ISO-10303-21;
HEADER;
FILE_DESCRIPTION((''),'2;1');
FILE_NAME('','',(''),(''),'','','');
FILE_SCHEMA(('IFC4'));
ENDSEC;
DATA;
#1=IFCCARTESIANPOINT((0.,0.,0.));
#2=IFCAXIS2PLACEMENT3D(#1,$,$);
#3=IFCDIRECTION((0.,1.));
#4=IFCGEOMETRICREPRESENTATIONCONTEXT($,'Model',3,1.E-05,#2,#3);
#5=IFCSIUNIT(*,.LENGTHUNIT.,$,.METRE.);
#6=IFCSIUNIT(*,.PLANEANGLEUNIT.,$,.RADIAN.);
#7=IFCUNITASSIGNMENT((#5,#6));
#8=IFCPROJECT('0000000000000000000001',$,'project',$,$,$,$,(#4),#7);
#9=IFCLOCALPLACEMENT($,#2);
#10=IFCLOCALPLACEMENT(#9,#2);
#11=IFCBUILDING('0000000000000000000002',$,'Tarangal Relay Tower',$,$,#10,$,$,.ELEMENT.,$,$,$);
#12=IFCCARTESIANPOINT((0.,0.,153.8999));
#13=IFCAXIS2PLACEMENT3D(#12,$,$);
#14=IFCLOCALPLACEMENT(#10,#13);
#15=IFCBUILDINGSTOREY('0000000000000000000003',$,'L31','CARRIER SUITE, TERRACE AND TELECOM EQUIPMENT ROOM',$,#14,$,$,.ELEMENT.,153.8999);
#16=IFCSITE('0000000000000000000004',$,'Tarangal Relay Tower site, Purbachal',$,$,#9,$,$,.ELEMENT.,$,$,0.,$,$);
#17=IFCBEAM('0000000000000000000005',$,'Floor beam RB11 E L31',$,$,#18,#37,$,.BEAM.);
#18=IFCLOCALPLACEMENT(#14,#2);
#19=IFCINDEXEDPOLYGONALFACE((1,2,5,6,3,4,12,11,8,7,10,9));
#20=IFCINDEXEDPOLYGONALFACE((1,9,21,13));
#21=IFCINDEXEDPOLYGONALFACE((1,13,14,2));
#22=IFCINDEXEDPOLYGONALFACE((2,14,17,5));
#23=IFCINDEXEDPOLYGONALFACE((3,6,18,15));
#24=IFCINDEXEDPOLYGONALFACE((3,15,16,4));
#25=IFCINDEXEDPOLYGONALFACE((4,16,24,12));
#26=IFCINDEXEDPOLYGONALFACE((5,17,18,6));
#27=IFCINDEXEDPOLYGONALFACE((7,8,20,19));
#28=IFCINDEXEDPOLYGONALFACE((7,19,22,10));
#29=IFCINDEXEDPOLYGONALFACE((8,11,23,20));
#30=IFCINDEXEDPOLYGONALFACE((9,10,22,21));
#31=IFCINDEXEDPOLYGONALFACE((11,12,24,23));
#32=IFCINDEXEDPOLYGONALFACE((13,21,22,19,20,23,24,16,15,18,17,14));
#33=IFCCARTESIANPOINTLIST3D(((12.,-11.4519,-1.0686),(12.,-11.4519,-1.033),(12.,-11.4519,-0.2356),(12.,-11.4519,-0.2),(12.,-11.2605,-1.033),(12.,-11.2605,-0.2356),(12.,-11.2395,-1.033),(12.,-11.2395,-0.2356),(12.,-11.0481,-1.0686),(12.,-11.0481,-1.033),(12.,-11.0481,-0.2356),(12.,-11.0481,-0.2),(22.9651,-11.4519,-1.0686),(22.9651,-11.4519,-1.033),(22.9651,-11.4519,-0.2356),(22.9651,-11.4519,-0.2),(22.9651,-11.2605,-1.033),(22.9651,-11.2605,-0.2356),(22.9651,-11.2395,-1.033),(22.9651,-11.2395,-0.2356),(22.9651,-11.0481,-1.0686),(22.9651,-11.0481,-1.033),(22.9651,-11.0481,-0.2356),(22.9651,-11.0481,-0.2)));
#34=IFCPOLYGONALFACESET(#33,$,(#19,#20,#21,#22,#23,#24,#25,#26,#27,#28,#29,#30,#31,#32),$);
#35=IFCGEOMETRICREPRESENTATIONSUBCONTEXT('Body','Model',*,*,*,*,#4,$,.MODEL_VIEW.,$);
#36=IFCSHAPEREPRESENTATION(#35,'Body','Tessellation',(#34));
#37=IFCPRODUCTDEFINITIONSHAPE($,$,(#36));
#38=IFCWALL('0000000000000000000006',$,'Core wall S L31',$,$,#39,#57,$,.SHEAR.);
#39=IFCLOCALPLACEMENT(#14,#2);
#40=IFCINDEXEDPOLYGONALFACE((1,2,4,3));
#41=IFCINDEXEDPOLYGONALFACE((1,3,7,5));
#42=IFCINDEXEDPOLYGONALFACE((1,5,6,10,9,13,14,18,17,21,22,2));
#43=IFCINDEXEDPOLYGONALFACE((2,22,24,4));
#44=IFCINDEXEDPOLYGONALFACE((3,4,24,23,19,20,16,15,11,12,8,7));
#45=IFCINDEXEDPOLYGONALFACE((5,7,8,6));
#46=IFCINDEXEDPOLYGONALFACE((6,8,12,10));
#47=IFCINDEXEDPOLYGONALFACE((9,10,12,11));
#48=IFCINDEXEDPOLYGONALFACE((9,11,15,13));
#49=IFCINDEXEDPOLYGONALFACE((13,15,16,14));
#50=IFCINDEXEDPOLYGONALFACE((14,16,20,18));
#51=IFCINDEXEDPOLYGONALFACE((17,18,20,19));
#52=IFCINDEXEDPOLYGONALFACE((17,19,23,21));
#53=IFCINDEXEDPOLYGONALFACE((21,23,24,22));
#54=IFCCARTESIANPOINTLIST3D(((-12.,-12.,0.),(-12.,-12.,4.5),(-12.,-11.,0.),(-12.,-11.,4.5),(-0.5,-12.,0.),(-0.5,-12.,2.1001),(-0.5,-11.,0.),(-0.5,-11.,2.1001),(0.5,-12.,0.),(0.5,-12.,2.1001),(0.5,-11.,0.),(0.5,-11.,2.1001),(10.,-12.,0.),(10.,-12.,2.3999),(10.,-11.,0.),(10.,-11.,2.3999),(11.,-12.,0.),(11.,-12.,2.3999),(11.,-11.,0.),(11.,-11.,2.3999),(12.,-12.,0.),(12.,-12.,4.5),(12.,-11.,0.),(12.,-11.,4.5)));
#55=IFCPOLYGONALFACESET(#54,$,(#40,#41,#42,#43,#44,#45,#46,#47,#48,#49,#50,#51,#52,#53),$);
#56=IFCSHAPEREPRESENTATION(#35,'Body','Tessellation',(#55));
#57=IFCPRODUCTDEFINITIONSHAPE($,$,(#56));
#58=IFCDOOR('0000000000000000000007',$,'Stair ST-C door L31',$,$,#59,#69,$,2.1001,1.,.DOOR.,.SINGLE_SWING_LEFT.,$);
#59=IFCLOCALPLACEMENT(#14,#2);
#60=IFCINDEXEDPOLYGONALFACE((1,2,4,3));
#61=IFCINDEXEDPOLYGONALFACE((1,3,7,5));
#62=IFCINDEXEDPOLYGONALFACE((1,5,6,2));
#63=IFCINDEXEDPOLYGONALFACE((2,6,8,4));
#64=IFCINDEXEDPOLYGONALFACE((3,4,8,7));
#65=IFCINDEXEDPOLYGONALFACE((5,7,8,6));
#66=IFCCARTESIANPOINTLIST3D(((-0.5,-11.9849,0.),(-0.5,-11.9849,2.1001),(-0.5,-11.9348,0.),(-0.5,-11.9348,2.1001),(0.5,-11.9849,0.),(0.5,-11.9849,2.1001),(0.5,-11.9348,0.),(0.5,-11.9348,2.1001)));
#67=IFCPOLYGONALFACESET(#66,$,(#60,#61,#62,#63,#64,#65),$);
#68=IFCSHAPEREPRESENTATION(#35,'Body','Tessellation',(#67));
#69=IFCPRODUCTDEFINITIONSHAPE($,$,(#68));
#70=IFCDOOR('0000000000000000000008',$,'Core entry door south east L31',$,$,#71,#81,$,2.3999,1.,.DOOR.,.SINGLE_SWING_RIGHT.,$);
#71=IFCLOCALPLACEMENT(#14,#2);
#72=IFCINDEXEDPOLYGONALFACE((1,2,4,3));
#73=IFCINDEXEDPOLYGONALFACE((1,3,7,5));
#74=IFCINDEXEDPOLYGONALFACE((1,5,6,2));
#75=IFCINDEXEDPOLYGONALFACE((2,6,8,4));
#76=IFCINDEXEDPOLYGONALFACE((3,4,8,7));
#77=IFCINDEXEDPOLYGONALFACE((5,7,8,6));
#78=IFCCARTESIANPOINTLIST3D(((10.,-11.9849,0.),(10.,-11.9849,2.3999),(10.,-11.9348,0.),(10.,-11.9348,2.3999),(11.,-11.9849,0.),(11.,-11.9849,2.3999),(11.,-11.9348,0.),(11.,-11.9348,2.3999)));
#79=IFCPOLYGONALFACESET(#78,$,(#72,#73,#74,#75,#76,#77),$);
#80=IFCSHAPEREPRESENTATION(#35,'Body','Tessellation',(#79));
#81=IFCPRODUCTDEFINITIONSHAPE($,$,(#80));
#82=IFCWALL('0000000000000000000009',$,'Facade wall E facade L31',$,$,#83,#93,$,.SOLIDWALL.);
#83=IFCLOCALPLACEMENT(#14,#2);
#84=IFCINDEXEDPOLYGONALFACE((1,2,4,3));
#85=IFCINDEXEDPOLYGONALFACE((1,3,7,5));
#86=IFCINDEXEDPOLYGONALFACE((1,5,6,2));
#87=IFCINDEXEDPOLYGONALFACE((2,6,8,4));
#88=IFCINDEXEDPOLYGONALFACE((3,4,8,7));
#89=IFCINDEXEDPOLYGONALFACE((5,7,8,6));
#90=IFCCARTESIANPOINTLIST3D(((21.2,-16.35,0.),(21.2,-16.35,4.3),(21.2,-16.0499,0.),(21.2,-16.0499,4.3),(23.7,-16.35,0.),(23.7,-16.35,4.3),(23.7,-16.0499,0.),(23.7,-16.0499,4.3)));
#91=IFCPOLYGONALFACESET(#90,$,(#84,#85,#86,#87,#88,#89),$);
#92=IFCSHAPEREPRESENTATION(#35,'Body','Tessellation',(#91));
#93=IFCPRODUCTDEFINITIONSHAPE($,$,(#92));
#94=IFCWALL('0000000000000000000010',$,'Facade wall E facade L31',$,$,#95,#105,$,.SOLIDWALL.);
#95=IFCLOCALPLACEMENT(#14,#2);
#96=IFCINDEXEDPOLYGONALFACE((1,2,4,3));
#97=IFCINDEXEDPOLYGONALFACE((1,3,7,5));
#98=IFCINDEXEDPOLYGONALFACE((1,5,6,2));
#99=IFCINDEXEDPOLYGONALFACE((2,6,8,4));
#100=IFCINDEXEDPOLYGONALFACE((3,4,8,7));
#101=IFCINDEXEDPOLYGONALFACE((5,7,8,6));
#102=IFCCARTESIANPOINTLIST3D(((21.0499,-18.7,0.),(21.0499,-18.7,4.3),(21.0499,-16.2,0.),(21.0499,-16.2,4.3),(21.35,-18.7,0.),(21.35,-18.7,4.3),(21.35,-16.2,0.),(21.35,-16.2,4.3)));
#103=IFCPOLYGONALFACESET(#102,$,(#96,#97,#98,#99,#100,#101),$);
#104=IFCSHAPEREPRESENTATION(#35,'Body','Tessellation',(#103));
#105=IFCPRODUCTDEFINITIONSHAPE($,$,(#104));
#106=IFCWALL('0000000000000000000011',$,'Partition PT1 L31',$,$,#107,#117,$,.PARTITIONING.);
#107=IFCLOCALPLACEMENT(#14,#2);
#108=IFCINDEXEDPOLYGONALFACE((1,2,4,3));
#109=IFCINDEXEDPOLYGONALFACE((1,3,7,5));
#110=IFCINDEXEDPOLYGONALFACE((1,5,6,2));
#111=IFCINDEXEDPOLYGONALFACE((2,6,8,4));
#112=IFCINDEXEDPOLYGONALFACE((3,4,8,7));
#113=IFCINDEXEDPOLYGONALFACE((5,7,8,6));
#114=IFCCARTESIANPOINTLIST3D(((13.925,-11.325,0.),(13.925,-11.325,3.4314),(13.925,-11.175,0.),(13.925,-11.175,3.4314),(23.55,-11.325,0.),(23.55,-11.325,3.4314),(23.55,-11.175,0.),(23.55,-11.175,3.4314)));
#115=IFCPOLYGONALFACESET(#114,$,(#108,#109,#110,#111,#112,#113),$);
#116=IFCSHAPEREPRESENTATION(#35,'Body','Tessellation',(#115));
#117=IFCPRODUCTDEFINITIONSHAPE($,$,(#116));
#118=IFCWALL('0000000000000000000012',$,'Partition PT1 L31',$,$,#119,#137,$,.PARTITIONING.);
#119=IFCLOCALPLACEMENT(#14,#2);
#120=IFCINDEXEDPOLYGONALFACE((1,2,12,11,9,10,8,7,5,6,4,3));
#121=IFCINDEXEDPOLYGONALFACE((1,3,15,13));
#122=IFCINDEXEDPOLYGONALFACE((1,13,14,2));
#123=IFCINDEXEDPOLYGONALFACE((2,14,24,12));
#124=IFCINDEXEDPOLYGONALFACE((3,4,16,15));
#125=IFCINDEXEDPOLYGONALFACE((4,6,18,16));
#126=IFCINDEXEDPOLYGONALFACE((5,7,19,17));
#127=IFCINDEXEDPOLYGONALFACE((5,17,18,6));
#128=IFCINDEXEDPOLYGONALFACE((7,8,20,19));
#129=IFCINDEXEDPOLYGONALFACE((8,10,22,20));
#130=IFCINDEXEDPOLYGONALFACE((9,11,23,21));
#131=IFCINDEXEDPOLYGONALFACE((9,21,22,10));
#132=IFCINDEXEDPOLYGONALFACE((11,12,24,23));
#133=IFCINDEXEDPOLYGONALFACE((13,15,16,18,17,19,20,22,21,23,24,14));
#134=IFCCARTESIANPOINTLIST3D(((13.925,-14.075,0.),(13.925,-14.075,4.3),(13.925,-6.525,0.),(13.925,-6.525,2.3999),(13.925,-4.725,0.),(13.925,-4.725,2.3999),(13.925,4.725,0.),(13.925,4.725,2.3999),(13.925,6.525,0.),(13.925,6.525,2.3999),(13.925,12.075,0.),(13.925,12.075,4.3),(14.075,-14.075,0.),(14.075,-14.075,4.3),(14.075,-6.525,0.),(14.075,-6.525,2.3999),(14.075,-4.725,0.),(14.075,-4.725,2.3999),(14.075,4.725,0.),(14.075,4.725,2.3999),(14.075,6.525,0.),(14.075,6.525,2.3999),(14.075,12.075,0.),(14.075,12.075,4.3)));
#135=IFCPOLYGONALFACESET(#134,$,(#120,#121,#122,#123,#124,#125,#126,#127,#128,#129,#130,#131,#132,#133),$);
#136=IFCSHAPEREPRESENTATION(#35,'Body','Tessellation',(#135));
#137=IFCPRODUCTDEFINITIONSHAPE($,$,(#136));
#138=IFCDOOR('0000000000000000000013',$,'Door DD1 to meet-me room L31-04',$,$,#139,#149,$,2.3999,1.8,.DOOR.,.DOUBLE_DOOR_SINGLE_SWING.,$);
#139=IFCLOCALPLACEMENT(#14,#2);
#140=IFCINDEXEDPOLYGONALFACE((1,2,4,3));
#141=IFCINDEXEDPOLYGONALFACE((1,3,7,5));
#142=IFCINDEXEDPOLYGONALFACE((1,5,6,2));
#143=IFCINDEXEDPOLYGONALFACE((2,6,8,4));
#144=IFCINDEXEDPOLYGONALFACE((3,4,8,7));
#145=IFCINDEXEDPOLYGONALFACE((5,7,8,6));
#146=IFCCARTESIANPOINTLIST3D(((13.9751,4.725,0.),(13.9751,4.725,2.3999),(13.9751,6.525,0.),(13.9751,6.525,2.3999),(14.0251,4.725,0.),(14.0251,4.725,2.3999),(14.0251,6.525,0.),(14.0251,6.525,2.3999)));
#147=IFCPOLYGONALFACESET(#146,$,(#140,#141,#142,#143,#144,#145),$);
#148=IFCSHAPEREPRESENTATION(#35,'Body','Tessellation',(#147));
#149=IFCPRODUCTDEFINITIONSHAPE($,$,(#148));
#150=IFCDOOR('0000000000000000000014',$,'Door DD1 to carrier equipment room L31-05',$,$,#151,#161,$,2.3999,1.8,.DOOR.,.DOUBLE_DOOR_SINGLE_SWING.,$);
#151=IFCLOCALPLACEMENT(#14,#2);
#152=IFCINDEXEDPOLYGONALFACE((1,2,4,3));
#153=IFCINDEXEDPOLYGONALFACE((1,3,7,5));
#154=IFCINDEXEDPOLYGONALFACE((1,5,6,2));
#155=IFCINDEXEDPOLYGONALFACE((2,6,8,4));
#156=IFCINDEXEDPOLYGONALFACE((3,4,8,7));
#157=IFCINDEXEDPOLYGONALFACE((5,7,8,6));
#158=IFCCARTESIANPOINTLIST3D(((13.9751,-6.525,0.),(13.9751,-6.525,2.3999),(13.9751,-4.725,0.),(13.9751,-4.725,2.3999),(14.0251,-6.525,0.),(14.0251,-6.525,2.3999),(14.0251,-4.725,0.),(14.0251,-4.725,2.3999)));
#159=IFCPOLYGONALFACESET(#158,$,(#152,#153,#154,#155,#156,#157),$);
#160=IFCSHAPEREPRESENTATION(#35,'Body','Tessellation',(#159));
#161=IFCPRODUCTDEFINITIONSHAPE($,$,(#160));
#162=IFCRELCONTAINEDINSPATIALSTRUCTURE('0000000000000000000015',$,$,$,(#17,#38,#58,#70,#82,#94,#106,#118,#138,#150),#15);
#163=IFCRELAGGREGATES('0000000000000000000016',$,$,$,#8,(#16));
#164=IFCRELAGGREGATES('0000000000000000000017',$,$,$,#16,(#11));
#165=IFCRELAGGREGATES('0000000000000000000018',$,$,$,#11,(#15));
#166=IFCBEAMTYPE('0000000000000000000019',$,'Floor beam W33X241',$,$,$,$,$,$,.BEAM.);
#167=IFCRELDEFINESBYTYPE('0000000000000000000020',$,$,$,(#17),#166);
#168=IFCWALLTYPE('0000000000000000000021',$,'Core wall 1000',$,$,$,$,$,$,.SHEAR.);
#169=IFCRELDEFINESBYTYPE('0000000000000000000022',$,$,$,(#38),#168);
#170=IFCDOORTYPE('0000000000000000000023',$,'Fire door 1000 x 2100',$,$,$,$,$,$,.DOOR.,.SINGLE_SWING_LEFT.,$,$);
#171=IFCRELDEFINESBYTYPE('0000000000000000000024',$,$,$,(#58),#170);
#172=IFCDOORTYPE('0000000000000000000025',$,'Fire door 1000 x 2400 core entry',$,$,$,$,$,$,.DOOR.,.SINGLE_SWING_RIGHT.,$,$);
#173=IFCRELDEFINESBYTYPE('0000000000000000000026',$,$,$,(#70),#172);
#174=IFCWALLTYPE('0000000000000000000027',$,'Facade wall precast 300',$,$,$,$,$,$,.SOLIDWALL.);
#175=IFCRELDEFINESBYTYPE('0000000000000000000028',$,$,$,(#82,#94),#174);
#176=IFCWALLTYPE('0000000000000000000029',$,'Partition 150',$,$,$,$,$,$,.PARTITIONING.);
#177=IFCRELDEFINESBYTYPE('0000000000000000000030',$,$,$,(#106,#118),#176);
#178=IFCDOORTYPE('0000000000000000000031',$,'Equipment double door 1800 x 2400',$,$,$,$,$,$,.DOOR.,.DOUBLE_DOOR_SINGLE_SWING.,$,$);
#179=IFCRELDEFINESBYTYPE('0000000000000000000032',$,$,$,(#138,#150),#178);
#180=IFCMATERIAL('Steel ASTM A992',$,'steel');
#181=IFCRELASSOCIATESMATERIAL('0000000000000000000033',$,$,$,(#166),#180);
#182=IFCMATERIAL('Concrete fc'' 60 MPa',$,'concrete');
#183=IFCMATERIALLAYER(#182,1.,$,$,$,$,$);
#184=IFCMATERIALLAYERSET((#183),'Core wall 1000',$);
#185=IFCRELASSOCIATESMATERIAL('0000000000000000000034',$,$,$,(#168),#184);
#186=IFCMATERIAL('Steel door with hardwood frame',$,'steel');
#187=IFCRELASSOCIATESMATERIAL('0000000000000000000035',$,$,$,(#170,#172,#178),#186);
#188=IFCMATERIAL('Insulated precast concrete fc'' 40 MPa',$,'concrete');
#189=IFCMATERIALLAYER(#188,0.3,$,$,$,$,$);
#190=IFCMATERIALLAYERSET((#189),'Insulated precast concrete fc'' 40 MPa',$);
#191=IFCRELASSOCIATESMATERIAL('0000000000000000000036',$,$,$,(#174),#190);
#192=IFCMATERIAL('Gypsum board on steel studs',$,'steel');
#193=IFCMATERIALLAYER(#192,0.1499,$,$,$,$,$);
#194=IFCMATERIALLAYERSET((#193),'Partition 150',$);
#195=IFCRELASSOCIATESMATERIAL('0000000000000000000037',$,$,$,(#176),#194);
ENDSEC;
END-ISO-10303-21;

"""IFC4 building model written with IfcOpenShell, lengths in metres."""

from ifc_helpers import new_model, si_unit, direction, frame, frame_2d, origin, origin_2d, place, context, subcontext, project, spatial, rectangle, i_section, extrude, material, layer, layer_set, material_profile, profile_set, type_object, element, fill, save


model = new_model("IFC4")

# Units and contexts
model_context = context("Model", 3, precision=1e-05, world=origin(), true_north=direction((0.0, 1.0)))
body_context = subcontext(model_context, "Body", "Model", "MODEL_VIEW")
ifc_project = project(units=[si_unit("LENGTHUNIT", "METRE"), si_unit("PLANEANGLEUNIT", "RADIAN")], contexts=[model_context])

# Site, building, storey
site_placement = place(None, origin())
site = spatial("IfcSite", under=ifc_project, at=site_placement, Name="Tarangal Relay Tower site, Purbachal", CompositionType="ELEMENT", RefElevation=0.0)
building_placement = place(site_placement, origin())
building = spatial("IfcBuilding", under=site, at=building_placement, Name="Tarangal Relay Tower", CompositionType="ELEMENT")
storey_placement = place(building_placement, frame((0.0, 0.0, 153.8999)))
storey = spatial("IfcBuildingStorey", under=building, at=storey_placement, Name="L31", Description="CARRIER SUITE, TERRACE AND TELECOM EQUIPMENT ROOM", CompositionType="ELEMENT", Elevation=153.8999)

# Beam
ifc_material_1 = material(Name="Steel ASTM A992", Category="steel")
ifc_material_profile = material_profile(ifc_material_1, i_section(OverallWidth=0.4038, OverallDepth=0.8687, WebThickness=0.021, FlangeThickness=0.0356, at=origin_2d()), Name="W33X241")
ifc_profile_set = profile_set([ifc_material_profile], Name="Steel ASTM A992")
beam_type = type_object("IfcBeamType", Name="Floor beam W33X241", PredefinedType="BEAM", material=ifc_profile_set)
beam_placement = place(storey_placement, frame((12.0, -11.25, -0.6343), z_axis=(1.0, 0.0, 0.0), x_axis=(0.0, 1.0, 0.0)))
element("IfcBeam", 1, at=beam_placement, inside=storey, type_object=beam_type, Name="Floor beam RB11 E L31", PredefinedType="BEAM", context=body_context, shape_type="SweptSolid", body=[
    extrude(i_section(OverallWidth=0.4038, OverallDepth=0.8687, WebThickness=0.021, FlangeThickness=0.0356, at=origin_2d()), origin(), (0.0, 0.0, 1.0), 10.9651),
])

# Wall, openings, doors
ifc_material_2 = material(Name="Concrete fc' 60 MPa", Category="concrete")
ifc_layer_1 = layer(ifc_material_2, 1.0)
ifc_layer_set_1 = layer_set([ifc_layer_1], Name="Core wall 1000")
wall_type_1 = type_object("IfcWallType", Name="Core wall 1000", PredefinedType="SHEAR", material=ifc_layer_set_1)
wall_1_placement = place(storey_placement, frame((12.0, -11.5, 0.0), z_axis=(0.0, 0.0, 1.0), x_axis=(-1.0, 0.0, 0.0)))
wall_1 = element("IfcWall", 2, at=wall_1_placement, inside=storey, type_object=wall_type_1, Name="Core wall S L31", PredefinedType="SHEAR", context=body_context, shape_type="SweptSolid", body=[
    extrude(rectangle(XDim=24.0, YDim=1.0, at=frame_2d((12.0, 0.0))), origin(), (0.0, 0.0, 1.0), 4.5),
])
opening_1_placement = place(wall_1_placement, frame((11.5, 0.0, 0.0)))
opening_1 = element("IfcOpeningElement", 3, at=opening_1_placement, cuts=wall_1, PredefinedType="OPENING", context=body_context, shape_type="SweptSolid", body=[
    extrude(rectangle(XDim=1.0, YDim=2.1001, at=frame_2d((0.5, 1.05))), frame((0.0, 0.51, 0.0), z_axis=(0.0, -1.0, 0.0), x_axis=(1.0, 0.0, 0.0)), (0.0, 0.0, 1.0), 1.02),
])
opening_2_placement = place(wall_1_placement, frame((1.0, 0.0, 0.0)))
opening_2 = element("IfcOpeningElement", 4, at=opening_2_placement, cuts=wall_1, PredefinedType="OPENING", context=body_context, shape_type="SweptSolid", body=[
    extrude(rectangle(XDim=1.0, YDim=2.3999, at=frame_2d((0.5, 1.2))), frame((0.0, 0.51, 0.0), z_axis=(0.0, -1.0, 0.0), x_axis=(1.0, 0.0, 0.0)), (0.0, 0.0, 1.0), 1.02),
])
ifc_material_3 = material(Name="Steel door with hardwood frame", Category="steel")
door_type_1 = type_object("IfcDoorType", Name="Fire door 1000 x 2100", OperationType="SINGLE_SWING_LEFT", PredefinedType="DOOR", material=ifc_material_3)
door_1_placement = place(opening_1_placement, origin())
door_1 = element("IfcDoor", 5, at=door_1_placement, inside=storey, type_object=door_type_1, Name="Stair ST-C door L31", OperationType="SINGLE_SWING_LEFT", OverallHeight=2.1001, OverallWidth=1.0, PredefinedType="DOOR", context=body_context, shape_type="SweptSolid", body=[
    extrude(rectangle(XDim=1.0, YDim=2.1001, at=frame_2d((0.5, 1.05))), frame((0.0, 0.4849, 0.0), z_axis=(0.0, -1.0, 0.0), x_axis=(1.0, 0.0, 0.0)), (0.0, 0.0, 1.0), 0.05),
])
fill(opening_1, door_1)
door_type_2 = type_object("IfcDoorType", Name="Fire door 1000 x 2400 core entry", OperationType="SINGLE_SWING_RIGHT", PredefinedType="DOOR", material=ifc_material_3)
door_2_placement = place(opening_2_placement, origin())
door_2 = element("IfcDoor", 6, at=door_2_placement, inside=storey, type_object=door_type_2, Name="Core entry door south east L31", OperationType="SINGLE_SWING_RIGHT", OverallHeight=2.3999, OverallWidth=1.0, PredefinedType="DOOR", context=body_context, shape_type="SweptSolid", body=[
    extrude(rectangle(XDim=1.0, YDim=2.3999, at=frame_2d((0.5, 1.2))), frame((0.0, 0.4849, 0.0), z_axis=(0.0, -1.0, 0.0), x_axis=(1.0, 0.0, 0.0)), (0.0, 0.0, 1.0), 0.05),
])
fill(opening_2, door_2)

# Walls
ifc_material_4 = material(Name="Insulated precast concrete fc' 40 MPa", Category="concrete")
ifc_layer_2 = layer(ifc_material_4, 0.3)
ifc_layer_set_2 = layer_set([ifc_layer_2], Name="Insulated precast concrete fc' 40 MPa")
wall_type_2 = type_object("IfcWallType", Name="Facade wall precast 300", PredefinedType="SOLIDWALL", material=ifc_layer_set_2)
for number, where, z_axis, x_axis, name in (
    (7, (23.7, -16.2, 0.0), (0.0, 0.0, 1.0), (-1.0, 0.0, 0.0), "Facade wall E facade L31"),
    (8, (21.2, -16.2, 0.0), (0.0, 0.0, 1.0), (0.0, -1.0, 0.0), "Facade wall E facade L31"),
):
    element("IfcWall", number, at=place(storey_placement, frame(where, z_axis=z_axis, x_axis=x_axis)), inside=storey, type_object=wall_type_2, Name=name, PredefinedType="SOLIDWALL", context=body_context, shape_type="SweptSolid", body=[
        extrude(rectangle(XDim=2.5, YDim=0.3, at=frame_2d((1.25, 0.0))), origin(), (0.0, 0.0, 1.0), 4.3),
    ])

# Wall
ifc_material_5 = material(Name="Gypsum board on steel studs", Category="steel")
ifc_layer_3 = layer(ifc_material_5, 0.1499)
ifc_layer_set_3 = layer_set([ifc_layer_3], Name="Partition 150")
wall_type_3 = type_object("IfcWallType", Name="Partition 150", PredefinedType="PARTITIONING", material=ifc_layer_set_3)
wall_2_placement = place(storey_placement, frame((13.925, -11.25, 0.0), z_axis=(0.0, 0.0, 1.0), x_axis=(1.0, 0.0, 0.0)))
element("IfcWall", 9, at=wall_2_placement, inside=storey, type_object=wall_type_3, Name="Partition PT1 L31", PredefinedType="PARTITIONING", context=body_context, shape_type="SweptSolid", body=[
    extrude(rectangle(XDim=9.625, YDim=0.1499, at=frame_2d((4.8125, 0.0))), origin(), (0.0, 0.0, 1.0), 3.4314),
])

# Wall, openings, doors
wall_3_placement = place(storey_placement, frame((14.0, -14.075, 0.0), z_axis=(0.0, 0.0, 1.0), x_axis=(0.0, 1.0, 0.0)))
wall_3 = element("IfcWall", 10, at=wall_3_placement, inside=storey, type_object=wall_type_3, Name="Partition PT1 L31", PredefinedType="PARTITIONING", context=body_context, shape_type="SweptSolid", body=[
    extrude(rectangle(XDim=26.1499, YDim=0.1499, at=frame_2d((13.075, 0.0))), origin(), (0.0, 0.0, 1.0), 4.3),
])
opening_3_placement = place(wall_3_placement, frame((18.8, 0.0, 0.0)))
opening_3 = element("IfcOpeningElement", 11, at=opening_3_placement, cuts=wall_3, PredefinedType="OPENING", context=body_context, shape_type="SweptSolid", body=[
    extrude(rectangle(XDim=1.8, YDim=2.3999, at=frame_2d((0.8999, 1.2))), frame((0.0, 0.085, 0.0), z_axis=(0.0, -1.0, 0.0), x_axis=(1.0, 0.0, 0.0)), (0.0, 0.0, 1.0), 0.1699),
])
opening_4_placement = place(wall_3_placement, frame((7.55, 0.0, 0.0)))
opening_4 = element("IfcOpeningElement", 12, at=opening_4_placement, cuts=wall_3, PredefinedType="OPENING", context=body_context, shape_type="SweptSolid", body=[
    extrude(rectangle(XDim=1.8, YDim=2.3999, at=frame_2d((0.8999, 1.2))), frame((0.0, 0.085, 0.0), z_axis=(0.0, -1.0, 0.0), x_axis=(1.0, 0.0, 0.0)), (0.0, 0.0, 1.0), 0.1699),
])
door_type_3 = type_object("IfcDoorType", Name="Equipment double door 1800 x 2400", OperationType="DOUBLE_DOOR_SINGLE_SWING", PredefinedType="DOOR", material=ifc_material_3)
door_3_placement = place(opening_3_placement, origin())
door_3 = element("IfcDoor", 13, at=door_3_placement, inside=storey, type_object=door_type_3, Name="Door DD1 to meet-me room L31-04", OperationType="DOUBLE_DOOR_SINGLE_SWING", OverallHeight=2.3999, OverallWidth=1.8, PredefinedType="DOOR", context=body_context, shape_type="SweptSolid", body=[
    extrude(rectangle(XDim=1.8, YDim=2.3999, at=frame_2d((0.8999, 1.2))), frame((0.0, 0.0249, 0.0), z_axis=(0.0, -1.0, 0.0), x_axis=(1.0, 0.0, 0.0)), (0.0, 0.0, 1.0), 0.05),
])
fill(opening_3, door_3)
door_4_placement = place(opening_4_placement, origin())
door_4 = element("IfcDoor", 14, at=door_4_placement, inside=storey, type_object=door_type_3, Name="Door DD1 to carrier equipment room L31-05", OperationType="DOUBLE_DOOR_SINGLE_SWING", OverallHeight=2.3999, OverallWidth=1.8, PredefinedType="DOOR", context=body_context, shape_type="SweptSolid", body=[
    extrude(rectangle(XDim=1.8, YDim=2.3999, at=frame_2d((0.8999, 1.2))), frame((0.0, 0.0249, 0.0), z_axis=(0.0, -1.0, 0.0), x_axis=(1.0, 0.0, 0.0)), (0.0, 0.0, 1.0), 0.05),
])
fill(opening_4, door_4)

save(model, "model.ifc")
